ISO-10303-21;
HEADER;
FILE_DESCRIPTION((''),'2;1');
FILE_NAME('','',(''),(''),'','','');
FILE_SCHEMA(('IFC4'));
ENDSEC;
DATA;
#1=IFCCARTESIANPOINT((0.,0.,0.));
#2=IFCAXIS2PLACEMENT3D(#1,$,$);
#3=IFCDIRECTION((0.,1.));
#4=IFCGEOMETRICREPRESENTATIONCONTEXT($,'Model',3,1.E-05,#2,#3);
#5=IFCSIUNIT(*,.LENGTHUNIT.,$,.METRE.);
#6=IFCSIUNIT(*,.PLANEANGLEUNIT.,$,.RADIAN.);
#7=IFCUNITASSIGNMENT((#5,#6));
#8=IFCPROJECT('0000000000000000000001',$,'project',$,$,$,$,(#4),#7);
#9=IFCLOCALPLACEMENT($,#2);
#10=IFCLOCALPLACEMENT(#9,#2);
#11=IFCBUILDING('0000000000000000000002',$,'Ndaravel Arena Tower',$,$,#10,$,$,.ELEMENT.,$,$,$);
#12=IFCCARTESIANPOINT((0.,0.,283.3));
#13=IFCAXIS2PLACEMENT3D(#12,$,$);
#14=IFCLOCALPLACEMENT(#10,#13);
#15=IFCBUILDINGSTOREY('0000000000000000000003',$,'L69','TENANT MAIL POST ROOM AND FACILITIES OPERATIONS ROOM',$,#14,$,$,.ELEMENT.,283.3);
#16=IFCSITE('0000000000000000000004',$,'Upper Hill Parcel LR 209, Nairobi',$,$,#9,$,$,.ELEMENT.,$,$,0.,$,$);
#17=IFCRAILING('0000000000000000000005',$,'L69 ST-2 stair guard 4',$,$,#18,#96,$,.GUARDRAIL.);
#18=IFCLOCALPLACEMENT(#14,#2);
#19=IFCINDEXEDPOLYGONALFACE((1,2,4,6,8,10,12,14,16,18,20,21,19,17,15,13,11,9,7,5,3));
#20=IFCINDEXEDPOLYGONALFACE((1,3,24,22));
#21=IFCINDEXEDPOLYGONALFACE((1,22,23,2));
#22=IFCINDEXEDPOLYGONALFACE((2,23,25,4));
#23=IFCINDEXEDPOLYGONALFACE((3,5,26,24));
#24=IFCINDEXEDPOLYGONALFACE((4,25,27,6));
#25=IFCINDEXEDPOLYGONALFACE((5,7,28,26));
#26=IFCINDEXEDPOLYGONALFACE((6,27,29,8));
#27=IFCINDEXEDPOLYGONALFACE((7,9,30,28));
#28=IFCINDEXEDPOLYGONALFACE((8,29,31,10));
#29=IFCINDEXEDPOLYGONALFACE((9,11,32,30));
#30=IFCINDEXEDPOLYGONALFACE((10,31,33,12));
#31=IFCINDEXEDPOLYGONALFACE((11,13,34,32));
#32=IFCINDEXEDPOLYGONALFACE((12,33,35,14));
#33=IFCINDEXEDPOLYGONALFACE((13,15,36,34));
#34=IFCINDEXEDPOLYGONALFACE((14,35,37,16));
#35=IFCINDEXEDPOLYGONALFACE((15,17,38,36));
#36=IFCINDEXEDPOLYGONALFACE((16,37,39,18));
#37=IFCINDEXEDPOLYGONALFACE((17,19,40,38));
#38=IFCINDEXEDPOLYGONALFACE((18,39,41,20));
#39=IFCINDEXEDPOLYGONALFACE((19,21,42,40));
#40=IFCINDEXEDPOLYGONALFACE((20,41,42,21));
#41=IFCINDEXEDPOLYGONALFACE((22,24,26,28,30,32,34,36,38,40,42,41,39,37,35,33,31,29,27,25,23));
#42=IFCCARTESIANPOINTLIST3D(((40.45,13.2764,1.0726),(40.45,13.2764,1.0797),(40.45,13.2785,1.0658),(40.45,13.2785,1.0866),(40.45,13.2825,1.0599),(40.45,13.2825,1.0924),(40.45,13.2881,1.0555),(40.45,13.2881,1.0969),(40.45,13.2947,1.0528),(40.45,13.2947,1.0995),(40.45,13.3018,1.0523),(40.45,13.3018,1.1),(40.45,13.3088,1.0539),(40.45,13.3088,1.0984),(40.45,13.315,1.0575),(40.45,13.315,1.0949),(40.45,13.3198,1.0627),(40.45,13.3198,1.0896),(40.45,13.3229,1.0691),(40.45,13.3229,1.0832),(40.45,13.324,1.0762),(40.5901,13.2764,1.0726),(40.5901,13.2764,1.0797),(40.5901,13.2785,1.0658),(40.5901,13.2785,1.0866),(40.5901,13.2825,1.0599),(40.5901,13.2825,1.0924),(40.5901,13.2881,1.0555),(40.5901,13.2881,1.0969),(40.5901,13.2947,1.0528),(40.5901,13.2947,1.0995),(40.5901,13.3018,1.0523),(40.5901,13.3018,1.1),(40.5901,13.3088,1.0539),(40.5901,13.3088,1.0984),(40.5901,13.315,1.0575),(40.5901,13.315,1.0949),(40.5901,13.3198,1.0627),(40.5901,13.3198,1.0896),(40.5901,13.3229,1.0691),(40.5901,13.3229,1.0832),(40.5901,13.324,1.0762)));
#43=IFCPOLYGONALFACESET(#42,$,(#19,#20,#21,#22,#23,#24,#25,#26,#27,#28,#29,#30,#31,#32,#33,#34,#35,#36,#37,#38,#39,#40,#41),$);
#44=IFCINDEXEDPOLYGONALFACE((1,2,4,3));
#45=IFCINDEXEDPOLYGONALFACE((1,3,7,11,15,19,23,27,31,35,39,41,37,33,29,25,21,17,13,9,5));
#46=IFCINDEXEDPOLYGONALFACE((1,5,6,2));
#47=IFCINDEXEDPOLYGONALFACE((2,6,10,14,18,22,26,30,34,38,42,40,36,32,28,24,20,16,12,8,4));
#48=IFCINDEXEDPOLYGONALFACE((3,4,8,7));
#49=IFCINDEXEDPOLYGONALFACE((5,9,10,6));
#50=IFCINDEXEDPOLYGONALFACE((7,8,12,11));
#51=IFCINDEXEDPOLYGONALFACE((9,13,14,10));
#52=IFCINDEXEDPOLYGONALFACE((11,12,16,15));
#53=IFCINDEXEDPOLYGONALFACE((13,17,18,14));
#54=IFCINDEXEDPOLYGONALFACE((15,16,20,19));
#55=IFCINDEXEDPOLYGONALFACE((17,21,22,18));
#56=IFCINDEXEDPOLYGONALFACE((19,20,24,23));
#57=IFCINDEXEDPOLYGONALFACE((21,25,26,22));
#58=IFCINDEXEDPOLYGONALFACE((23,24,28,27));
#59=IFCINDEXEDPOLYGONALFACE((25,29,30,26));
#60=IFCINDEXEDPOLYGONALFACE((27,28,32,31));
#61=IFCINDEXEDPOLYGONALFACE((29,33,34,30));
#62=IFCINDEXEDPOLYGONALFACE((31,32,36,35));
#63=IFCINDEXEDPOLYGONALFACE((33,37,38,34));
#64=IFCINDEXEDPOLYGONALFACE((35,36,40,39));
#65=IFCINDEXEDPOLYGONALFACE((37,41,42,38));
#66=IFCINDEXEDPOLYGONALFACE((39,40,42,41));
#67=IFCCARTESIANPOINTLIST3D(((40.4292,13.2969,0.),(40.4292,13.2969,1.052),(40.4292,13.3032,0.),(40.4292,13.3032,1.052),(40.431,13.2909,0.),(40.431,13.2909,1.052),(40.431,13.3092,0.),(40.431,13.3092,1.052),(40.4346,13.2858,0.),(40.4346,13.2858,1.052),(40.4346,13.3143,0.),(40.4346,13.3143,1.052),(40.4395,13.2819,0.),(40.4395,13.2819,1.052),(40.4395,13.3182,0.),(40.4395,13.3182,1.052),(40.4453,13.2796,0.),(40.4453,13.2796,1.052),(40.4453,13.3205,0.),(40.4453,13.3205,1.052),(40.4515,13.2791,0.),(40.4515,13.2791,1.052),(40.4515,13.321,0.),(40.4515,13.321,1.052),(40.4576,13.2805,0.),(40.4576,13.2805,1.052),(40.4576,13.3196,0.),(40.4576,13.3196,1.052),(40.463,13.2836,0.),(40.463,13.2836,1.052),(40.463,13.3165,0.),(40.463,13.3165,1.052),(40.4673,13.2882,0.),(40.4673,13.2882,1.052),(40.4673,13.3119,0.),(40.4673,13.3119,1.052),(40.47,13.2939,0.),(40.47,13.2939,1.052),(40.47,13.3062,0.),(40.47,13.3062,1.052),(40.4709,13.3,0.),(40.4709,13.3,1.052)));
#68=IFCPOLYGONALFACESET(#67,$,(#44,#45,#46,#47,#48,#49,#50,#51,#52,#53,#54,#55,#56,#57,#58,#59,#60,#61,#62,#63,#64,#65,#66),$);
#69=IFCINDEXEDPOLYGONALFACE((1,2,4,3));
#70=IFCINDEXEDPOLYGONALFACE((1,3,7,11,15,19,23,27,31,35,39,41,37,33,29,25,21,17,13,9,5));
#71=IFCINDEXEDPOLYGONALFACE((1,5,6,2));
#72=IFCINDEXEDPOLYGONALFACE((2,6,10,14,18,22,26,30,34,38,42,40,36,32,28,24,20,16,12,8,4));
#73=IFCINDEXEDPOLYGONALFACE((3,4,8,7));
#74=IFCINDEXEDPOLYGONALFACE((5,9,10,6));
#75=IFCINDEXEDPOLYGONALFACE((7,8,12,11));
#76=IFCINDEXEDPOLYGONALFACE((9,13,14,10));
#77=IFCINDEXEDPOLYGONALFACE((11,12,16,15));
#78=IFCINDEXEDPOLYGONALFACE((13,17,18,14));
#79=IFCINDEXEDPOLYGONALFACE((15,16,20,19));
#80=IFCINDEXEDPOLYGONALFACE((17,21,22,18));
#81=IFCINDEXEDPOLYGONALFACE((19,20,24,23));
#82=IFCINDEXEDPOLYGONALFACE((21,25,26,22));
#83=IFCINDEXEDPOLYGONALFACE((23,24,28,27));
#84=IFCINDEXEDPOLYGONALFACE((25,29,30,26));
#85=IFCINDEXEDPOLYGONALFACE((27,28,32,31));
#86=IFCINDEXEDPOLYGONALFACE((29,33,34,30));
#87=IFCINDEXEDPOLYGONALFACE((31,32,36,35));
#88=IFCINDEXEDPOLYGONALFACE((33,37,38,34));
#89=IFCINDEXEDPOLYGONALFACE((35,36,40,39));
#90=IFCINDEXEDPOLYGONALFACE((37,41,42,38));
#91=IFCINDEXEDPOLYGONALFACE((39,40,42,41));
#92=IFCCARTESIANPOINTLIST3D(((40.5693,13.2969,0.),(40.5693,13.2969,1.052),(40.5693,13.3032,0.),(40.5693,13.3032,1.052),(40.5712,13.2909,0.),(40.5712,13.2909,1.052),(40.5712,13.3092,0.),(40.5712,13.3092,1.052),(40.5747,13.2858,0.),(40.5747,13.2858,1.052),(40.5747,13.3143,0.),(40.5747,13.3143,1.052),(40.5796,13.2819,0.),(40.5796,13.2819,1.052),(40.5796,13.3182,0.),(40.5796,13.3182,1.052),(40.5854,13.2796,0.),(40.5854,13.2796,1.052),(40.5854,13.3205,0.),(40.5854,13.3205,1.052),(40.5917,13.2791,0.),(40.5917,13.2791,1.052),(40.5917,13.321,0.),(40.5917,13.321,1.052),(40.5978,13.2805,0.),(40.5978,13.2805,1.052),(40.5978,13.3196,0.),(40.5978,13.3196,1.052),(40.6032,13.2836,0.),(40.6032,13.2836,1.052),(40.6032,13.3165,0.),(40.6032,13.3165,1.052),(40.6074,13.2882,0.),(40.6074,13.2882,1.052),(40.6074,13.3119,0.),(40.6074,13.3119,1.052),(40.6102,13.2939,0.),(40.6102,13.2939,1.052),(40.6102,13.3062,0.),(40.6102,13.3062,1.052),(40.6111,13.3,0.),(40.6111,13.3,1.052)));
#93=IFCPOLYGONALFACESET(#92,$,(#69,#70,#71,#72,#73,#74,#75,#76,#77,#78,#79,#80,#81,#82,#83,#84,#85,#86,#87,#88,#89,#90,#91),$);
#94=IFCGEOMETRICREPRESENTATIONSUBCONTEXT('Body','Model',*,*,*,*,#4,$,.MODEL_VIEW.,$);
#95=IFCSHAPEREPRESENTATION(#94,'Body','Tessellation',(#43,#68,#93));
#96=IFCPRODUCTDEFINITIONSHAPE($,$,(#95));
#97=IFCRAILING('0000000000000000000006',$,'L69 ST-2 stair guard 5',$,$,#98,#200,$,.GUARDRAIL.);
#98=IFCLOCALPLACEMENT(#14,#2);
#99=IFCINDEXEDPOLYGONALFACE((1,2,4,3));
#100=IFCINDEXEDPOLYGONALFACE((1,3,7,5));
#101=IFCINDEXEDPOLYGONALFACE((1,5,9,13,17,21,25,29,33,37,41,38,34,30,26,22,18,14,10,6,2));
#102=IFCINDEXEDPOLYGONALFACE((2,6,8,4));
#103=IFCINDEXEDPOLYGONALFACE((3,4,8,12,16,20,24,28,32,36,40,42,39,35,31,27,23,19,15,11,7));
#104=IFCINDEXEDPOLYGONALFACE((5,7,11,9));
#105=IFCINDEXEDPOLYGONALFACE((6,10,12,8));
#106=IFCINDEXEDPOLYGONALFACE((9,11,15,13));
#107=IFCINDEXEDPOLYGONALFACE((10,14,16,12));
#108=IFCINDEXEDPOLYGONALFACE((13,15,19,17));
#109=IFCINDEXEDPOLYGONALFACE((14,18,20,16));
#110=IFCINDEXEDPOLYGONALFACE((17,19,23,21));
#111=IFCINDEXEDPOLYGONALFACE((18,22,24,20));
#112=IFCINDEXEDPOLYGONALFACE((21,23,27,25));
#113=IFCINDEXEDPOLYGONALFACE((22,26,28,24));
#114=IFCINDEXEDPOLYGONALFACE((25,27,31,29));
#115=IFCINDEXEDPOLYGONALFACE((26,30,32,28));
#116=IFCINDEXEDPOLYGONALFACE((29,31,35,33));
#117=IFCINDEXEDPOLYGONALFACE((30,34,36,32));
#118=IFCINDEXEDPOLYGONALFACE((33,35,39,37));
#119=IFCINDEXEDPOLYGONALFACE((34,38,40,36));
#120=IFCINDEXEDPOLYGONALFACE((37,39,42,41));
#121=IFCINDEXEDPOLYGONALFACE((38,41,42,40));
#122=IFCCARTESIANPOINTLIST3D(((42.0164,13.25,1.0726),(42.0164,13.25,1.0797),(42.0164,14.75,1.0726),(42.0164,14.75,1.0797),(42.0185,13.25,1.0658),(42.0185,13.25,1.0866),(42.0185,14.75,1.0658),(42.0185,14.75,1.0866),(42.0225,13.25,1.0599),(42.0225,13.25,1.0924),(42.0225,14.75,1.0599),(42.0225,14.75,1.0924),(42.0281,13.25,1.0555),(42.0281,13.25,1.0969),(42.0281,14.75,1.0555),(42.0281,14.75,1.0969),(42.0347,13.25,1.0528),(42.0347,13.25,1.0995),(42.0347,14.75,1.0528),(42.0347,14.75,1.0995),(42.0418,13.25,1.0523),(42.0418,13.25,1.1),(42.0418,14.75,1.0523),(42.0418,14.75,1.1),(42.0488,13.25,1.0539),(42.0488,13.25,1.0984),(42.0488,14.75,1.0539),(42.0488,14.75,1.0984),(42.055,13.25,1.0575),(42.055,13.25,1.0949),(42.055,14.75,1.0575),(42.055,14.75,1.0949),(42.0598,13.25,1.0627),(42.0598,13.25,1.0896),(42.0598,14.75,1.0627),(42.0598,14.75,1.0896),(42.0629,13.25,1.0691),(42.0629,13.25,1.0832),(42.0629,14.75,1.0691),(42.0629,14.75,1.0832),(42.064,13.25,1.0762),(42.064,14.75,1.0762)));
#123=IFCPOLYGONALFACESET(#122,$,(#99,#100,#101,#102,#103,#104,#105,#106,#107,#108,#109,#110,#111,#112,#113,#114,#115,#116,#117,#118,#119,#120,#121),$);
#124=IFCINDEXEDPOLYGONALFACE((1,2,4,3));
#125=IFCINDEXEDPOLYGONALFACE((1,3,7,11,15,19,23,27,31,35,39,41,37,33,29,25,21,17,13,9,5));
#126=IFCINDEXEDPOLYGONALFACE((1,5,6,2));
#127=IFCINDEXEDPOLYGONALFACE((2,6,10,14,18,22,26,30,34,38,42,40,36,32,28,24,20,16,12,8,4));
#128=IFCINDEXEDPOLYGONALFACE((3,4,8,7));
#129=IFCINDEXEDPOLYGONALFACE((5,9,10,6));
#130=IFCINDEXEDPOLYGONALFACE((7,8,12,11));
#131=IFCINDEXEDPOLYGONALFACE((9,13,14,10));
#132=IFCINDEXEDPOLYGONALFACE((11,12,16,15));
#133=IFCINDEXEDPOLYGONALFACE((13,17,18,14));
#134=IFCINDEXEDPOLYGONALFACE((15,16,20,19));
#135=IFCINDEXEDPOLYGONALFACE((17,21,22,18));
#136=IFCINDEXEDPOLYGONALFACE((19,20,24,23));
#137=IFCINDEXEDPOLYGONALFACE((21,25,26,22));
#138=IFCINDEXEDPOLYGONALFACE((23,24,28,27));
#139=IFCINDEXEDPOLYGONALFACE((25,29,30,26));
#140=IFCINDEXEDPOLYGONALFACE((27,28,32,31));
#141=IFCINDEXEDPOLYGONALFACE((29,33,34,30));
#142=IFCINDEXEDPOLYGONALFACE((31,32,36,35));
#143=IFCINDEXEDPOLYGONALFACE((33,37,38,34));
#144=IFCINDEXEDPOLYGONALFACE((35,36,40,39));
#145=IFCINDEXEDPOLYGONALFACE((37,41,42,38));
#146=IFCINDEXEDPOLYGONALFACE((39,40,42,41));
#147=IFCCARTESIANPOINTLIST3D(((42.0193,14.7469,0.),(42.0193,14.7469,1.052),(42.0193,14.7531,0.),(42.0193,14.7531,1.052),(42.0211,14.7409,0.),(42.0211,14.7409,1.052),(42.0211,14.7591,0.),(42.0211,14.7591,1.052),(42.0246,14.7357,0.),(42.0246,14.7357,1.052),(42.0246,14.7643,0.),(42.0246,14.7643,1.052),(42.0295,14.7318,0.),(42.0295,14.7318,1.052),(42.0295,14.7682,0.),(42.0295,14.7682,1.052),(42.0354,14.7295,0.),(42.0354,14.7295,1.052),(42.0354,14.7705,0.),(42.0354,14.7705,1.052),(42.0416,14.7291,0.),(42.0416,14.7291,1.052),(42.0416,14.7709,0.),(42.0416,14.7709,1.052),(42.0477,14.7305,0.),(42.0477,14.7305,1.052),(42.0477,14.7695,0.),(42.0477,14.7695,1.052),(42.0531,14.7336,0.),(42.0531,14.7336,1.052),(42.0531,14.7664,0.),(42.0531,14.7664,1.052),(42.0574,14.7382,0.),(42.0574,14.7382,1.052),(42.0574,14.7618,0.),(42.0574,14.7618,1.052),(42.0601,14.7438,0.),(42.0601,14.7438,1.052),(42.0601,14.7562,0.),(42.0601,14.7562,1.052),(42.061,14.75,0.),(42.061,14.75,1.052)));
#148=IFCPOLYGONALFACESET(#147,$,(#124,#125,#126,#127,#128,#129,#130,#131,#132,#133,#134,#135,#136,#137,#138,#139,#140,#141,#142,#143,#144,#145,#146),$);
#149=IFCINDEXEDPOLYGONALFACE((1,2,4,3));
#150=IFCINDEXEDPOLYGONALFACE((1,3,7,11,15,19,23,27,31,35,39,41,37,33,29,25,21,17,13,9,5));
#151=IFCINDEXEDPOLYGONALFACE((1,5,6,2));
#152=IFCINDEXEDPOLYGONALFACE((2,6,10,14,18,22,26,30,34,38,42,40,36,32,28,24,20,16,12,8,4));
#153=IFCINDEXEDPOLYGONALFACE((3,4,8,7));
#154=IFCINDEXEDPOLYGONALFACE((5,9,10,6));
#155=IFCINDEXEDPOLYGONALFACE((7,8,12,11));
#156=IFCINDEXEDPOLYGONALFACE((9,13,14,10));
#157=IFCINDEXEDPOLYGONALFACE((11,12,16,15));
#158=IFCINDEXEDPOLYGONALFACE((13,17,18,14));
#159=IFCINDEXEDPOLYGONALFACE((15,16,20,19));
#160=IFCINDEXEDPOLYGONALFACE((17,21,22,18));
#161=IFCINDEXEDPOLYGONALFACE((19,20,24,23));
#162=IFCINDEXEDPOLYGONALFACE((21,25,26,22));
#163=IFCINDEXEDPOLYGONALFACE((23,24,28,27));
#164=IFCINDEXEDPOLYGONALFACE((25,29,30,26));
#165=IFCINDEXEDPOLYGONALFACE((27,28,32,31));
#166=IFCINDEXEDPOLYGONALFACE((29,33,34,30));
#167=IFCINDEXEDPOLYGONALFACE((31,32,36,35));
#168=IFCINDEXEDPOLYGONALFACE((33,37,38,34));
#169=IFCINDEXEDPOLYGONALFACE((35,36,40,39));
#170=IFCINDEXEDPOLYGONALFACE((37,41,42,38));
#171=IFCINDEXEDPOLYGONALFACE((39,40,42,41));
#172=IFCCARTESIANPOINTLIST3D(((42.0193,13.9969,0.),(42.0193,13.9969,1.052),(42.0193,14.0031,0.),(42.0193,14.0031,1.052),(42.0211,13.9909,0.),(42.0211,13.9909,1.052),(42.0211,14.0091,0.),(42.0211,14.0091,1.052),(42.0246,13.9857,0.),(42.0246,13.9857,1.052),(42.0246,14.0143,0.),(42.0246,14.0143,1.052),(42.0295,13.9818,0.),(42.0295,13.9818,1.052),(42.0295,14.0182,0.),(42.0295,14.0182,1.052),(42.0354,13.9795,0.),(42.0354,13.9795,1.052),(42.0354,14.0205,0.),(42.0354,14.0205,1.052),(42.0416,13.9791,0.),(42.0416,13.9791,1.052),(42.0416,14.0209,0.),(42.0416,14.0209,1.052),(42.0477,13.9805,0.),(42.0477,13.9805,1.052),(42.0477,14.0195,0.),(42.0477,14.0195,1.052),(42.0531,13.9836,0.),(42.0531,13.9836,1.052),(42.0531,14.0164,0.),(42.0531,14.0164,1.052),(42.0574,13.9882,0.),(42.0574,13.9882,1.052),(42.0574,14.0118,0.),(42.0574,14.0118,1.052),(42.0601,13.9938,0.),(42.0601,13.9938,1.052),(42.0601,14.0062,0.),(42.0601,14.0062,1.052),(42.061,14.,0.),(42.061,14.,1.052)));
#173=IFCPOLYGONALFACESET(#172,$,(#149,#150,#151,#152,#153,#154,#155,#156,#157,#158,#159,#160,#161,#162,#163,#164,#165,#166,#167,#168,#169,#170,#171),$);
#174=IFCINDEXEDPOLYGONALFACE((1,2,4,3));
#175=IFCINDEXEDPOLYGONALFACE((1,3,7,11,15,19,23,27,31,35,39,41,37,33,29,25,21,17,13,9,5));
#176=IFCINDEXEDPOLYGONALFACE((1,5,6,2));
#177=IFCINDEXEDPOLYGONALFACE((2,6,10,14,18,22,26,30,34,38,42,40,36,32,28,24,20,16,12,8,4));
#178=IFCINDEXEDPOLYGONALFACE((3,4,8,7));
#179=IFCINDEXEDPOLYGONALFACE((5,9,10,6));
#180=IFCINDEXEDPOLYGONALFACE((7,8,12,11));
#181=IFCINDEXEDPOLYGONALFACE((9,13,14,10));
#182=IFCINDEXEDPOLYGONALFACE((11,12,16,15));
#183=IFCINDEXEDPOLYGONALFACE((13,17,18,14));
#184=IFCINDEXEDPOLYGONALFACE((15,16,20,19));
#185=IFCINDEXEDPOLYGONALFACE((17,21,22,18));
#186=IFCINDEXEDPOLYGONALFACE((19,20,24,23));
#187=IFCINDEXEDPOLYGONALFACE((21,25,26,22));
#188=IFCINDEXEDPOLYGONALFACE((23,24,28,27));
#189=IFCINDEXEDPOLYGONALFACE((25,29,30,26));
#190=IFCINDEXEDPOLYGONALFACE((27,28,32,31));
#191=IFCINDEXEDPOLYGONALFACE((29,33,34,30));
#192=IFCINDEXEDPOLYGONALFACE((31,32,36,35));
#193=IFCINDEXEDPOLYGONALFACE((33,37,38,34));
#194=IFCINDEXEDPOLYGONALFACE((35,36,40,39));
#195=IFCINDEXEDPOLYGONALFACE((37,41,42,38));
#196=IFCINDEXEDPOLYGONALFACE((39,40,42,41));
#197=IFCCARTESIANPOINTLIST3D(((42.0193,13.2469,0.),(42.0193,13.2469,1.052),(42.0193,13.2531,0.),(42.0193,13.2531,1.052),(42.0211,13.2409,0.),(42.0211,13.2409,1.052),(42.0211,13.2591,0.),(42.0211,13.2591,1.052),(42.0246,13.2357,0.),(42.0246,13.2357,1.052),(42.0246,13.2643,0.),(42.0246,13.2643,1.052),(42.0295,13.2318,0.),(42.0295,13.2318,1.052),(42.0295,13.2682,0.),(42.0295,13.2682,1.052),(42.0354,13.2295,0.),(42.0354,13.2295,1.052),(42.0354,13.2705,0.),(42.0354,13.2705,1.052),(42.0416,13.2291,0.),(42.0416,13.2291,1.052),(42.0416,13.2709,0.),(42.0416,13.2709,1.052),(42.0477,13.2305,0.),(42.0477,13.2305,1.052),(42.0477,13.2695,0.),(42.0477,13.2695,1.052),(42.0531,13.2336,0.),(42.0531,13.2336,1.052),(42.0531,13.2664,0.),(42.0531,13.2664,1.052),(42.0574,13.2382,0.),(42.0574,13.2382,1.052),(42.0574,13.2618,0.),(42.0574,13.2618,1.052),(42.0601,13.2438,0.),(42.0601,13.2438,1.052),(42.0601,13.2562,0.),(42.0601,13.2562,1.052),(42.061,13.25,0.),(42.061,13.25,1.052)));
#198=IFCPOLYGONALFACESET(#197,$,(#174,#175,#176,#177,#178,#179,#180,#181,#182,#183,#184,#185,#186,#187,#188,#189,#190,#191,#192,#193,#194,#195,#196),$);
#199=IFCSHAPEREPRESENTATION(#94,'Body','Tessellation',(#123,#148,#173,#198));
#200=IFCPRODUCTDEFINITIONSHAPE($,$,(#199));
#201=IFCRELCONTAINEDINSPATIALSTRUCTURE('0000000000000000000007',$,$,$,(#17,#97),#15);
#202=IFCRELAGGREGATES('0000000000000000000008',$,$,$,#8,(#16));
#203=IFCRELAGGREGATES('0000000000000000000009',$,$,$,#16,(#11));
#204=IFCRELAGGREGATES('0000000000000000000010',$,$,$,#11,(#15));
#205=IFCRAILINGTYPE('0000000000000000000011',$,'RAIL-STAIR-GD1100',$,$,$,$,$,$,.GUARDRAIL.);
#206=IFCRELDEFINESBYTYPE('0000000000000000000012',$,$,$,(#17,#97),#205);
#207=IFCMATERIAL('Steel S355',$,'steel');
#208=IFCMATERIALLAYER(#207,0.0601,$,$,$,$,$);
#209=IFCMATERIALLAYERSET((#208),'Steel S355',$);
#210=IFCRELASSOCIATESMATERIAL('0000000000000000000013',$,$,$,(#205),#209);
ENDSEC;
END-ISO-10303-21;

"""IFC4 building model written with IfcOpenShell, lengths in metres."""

from ifc_helpers import new_model, si_unit, direction, frame, origin, origin_2d, place, context, subcontext, project, spatial, circle, extrude, material, layer, layer_set, type_object, element, save


model = new_model("IFC4")

# Units and contexts
model_context = context("Model", 3, precision=1e-05, world=origin(), true_north=direction((0.0, 1.0)))
body_context = subcontext(model_context, "Body", "Model", "MODEL_VIEW")
ifc_project = project(units=[si_unit("LENGTHUNIT", "METRE"), si_unit("PLANEANGLEUNIT", "RADIAN")], contexts=[model_context])

# Site, building, storey
site_placement = place(None, origin())
site = spatial("IfcSite", under=ifc_project, at=site_placement, Name="Upper Hill Parcel LR 209, Nairobi", CompositionType="ELEMENT", RefElevation=0.0)
building_placement = place(site_placement, origin())
building = spatial("IfcBuilding", under=site, at=building_placement, Name="Ndaravel Arena Tower", CompositionType="ELEMENT")
storey_placement = place(building_placement, frame((0.0, 0.0, 283.3)))
storey = spatial("IfcBuildingStorey", under=building, at=storey_placement, Name="L69", Description="TENANT MAIL POST ROOM AND FACILITIES OPERATIONS ROOM", CompositionType="ELEMENT", Elevation=283.3)

# Railings
ifc_material_1 = material(Name="Steel S355", Category="steel")
ifc_layer_1 = layer(ifc_material_1, 0.0601)
ifc_layer_set_1 = layer_set([ifc_layer_1], Name="Steel S355")
railing_type = type_object("IfcRailingType", Name="RAIL-STAIR-GD1100", PredefinedType="GUARDRAIL", material=ifc_layer_set_1)
railing_1_placement = place(storey_placement, frame((40.45, 13.3, 0.0)))
element("IfcRailing", 1, at=railing_1_placement, inside=storey, type_object=railing_type, Name="L69 ST-2 stair guard 4", PredefinedType="GUARDRAIL", context=body_context, shape_type="SweptSolid", body=[
    extrude(circle(Radius=0.0239, at=origin_2d()), frame((0.0, 0.0, 1.0762), z_axis=(1.0, 0.0, 0.0), x_axis=(0.0, 1.0, 0.0)), (0.0, 0.0, 1.0), 0.1401),
    extrude(circle(Radius=0.021, at=origin_2d()), origin(), (0.0, 0.0, 1.0), 1.052),
    extrude(circle(Radius=0.021, at=origin_2d()), frame((0.1401, 0.0, 0.0)), (0.0, 0.0, 1.0), 1.052),
])
railing_2_placement = place(storey_placement, frame((42.04, 14.75, 0.0)))
element("IfcRailing", 2, at=railing_2_placement, inside=storey, type_object=railing_type, Name="L69 ST-2 stair guard 5", PredefinedType="GUARDRAIL", context=body_context, shape_type="SweptSolid", body=[
    extrude(circle(Radius=0.0239, at=origin_2d()), frame((0.0, 0.0, 1.0762), z_axis=(0.0, -1.0, 0.0), x_axis=(1.0, 0.0, 0.0)), (0.0, 0.0, 1.0), 1.5),
    extrude(circle(Radius=0.021, at=origin_2d()), origin(), (0.0, 0.0, 1.0), 1.052),
    extrude(circle(Radius=0.021, at=origin_2d()), frame((0.0, -0.75, 0.0)), (0.0, 0.0, 1.0), 1.052),
    extrude(circle(Radius=0.021, at=origin_2d()), frame((0.0, -1.5, 0.0)), (0.0, 0.0, 1.0), 1.052),
])

save(model, "model.ifc")
